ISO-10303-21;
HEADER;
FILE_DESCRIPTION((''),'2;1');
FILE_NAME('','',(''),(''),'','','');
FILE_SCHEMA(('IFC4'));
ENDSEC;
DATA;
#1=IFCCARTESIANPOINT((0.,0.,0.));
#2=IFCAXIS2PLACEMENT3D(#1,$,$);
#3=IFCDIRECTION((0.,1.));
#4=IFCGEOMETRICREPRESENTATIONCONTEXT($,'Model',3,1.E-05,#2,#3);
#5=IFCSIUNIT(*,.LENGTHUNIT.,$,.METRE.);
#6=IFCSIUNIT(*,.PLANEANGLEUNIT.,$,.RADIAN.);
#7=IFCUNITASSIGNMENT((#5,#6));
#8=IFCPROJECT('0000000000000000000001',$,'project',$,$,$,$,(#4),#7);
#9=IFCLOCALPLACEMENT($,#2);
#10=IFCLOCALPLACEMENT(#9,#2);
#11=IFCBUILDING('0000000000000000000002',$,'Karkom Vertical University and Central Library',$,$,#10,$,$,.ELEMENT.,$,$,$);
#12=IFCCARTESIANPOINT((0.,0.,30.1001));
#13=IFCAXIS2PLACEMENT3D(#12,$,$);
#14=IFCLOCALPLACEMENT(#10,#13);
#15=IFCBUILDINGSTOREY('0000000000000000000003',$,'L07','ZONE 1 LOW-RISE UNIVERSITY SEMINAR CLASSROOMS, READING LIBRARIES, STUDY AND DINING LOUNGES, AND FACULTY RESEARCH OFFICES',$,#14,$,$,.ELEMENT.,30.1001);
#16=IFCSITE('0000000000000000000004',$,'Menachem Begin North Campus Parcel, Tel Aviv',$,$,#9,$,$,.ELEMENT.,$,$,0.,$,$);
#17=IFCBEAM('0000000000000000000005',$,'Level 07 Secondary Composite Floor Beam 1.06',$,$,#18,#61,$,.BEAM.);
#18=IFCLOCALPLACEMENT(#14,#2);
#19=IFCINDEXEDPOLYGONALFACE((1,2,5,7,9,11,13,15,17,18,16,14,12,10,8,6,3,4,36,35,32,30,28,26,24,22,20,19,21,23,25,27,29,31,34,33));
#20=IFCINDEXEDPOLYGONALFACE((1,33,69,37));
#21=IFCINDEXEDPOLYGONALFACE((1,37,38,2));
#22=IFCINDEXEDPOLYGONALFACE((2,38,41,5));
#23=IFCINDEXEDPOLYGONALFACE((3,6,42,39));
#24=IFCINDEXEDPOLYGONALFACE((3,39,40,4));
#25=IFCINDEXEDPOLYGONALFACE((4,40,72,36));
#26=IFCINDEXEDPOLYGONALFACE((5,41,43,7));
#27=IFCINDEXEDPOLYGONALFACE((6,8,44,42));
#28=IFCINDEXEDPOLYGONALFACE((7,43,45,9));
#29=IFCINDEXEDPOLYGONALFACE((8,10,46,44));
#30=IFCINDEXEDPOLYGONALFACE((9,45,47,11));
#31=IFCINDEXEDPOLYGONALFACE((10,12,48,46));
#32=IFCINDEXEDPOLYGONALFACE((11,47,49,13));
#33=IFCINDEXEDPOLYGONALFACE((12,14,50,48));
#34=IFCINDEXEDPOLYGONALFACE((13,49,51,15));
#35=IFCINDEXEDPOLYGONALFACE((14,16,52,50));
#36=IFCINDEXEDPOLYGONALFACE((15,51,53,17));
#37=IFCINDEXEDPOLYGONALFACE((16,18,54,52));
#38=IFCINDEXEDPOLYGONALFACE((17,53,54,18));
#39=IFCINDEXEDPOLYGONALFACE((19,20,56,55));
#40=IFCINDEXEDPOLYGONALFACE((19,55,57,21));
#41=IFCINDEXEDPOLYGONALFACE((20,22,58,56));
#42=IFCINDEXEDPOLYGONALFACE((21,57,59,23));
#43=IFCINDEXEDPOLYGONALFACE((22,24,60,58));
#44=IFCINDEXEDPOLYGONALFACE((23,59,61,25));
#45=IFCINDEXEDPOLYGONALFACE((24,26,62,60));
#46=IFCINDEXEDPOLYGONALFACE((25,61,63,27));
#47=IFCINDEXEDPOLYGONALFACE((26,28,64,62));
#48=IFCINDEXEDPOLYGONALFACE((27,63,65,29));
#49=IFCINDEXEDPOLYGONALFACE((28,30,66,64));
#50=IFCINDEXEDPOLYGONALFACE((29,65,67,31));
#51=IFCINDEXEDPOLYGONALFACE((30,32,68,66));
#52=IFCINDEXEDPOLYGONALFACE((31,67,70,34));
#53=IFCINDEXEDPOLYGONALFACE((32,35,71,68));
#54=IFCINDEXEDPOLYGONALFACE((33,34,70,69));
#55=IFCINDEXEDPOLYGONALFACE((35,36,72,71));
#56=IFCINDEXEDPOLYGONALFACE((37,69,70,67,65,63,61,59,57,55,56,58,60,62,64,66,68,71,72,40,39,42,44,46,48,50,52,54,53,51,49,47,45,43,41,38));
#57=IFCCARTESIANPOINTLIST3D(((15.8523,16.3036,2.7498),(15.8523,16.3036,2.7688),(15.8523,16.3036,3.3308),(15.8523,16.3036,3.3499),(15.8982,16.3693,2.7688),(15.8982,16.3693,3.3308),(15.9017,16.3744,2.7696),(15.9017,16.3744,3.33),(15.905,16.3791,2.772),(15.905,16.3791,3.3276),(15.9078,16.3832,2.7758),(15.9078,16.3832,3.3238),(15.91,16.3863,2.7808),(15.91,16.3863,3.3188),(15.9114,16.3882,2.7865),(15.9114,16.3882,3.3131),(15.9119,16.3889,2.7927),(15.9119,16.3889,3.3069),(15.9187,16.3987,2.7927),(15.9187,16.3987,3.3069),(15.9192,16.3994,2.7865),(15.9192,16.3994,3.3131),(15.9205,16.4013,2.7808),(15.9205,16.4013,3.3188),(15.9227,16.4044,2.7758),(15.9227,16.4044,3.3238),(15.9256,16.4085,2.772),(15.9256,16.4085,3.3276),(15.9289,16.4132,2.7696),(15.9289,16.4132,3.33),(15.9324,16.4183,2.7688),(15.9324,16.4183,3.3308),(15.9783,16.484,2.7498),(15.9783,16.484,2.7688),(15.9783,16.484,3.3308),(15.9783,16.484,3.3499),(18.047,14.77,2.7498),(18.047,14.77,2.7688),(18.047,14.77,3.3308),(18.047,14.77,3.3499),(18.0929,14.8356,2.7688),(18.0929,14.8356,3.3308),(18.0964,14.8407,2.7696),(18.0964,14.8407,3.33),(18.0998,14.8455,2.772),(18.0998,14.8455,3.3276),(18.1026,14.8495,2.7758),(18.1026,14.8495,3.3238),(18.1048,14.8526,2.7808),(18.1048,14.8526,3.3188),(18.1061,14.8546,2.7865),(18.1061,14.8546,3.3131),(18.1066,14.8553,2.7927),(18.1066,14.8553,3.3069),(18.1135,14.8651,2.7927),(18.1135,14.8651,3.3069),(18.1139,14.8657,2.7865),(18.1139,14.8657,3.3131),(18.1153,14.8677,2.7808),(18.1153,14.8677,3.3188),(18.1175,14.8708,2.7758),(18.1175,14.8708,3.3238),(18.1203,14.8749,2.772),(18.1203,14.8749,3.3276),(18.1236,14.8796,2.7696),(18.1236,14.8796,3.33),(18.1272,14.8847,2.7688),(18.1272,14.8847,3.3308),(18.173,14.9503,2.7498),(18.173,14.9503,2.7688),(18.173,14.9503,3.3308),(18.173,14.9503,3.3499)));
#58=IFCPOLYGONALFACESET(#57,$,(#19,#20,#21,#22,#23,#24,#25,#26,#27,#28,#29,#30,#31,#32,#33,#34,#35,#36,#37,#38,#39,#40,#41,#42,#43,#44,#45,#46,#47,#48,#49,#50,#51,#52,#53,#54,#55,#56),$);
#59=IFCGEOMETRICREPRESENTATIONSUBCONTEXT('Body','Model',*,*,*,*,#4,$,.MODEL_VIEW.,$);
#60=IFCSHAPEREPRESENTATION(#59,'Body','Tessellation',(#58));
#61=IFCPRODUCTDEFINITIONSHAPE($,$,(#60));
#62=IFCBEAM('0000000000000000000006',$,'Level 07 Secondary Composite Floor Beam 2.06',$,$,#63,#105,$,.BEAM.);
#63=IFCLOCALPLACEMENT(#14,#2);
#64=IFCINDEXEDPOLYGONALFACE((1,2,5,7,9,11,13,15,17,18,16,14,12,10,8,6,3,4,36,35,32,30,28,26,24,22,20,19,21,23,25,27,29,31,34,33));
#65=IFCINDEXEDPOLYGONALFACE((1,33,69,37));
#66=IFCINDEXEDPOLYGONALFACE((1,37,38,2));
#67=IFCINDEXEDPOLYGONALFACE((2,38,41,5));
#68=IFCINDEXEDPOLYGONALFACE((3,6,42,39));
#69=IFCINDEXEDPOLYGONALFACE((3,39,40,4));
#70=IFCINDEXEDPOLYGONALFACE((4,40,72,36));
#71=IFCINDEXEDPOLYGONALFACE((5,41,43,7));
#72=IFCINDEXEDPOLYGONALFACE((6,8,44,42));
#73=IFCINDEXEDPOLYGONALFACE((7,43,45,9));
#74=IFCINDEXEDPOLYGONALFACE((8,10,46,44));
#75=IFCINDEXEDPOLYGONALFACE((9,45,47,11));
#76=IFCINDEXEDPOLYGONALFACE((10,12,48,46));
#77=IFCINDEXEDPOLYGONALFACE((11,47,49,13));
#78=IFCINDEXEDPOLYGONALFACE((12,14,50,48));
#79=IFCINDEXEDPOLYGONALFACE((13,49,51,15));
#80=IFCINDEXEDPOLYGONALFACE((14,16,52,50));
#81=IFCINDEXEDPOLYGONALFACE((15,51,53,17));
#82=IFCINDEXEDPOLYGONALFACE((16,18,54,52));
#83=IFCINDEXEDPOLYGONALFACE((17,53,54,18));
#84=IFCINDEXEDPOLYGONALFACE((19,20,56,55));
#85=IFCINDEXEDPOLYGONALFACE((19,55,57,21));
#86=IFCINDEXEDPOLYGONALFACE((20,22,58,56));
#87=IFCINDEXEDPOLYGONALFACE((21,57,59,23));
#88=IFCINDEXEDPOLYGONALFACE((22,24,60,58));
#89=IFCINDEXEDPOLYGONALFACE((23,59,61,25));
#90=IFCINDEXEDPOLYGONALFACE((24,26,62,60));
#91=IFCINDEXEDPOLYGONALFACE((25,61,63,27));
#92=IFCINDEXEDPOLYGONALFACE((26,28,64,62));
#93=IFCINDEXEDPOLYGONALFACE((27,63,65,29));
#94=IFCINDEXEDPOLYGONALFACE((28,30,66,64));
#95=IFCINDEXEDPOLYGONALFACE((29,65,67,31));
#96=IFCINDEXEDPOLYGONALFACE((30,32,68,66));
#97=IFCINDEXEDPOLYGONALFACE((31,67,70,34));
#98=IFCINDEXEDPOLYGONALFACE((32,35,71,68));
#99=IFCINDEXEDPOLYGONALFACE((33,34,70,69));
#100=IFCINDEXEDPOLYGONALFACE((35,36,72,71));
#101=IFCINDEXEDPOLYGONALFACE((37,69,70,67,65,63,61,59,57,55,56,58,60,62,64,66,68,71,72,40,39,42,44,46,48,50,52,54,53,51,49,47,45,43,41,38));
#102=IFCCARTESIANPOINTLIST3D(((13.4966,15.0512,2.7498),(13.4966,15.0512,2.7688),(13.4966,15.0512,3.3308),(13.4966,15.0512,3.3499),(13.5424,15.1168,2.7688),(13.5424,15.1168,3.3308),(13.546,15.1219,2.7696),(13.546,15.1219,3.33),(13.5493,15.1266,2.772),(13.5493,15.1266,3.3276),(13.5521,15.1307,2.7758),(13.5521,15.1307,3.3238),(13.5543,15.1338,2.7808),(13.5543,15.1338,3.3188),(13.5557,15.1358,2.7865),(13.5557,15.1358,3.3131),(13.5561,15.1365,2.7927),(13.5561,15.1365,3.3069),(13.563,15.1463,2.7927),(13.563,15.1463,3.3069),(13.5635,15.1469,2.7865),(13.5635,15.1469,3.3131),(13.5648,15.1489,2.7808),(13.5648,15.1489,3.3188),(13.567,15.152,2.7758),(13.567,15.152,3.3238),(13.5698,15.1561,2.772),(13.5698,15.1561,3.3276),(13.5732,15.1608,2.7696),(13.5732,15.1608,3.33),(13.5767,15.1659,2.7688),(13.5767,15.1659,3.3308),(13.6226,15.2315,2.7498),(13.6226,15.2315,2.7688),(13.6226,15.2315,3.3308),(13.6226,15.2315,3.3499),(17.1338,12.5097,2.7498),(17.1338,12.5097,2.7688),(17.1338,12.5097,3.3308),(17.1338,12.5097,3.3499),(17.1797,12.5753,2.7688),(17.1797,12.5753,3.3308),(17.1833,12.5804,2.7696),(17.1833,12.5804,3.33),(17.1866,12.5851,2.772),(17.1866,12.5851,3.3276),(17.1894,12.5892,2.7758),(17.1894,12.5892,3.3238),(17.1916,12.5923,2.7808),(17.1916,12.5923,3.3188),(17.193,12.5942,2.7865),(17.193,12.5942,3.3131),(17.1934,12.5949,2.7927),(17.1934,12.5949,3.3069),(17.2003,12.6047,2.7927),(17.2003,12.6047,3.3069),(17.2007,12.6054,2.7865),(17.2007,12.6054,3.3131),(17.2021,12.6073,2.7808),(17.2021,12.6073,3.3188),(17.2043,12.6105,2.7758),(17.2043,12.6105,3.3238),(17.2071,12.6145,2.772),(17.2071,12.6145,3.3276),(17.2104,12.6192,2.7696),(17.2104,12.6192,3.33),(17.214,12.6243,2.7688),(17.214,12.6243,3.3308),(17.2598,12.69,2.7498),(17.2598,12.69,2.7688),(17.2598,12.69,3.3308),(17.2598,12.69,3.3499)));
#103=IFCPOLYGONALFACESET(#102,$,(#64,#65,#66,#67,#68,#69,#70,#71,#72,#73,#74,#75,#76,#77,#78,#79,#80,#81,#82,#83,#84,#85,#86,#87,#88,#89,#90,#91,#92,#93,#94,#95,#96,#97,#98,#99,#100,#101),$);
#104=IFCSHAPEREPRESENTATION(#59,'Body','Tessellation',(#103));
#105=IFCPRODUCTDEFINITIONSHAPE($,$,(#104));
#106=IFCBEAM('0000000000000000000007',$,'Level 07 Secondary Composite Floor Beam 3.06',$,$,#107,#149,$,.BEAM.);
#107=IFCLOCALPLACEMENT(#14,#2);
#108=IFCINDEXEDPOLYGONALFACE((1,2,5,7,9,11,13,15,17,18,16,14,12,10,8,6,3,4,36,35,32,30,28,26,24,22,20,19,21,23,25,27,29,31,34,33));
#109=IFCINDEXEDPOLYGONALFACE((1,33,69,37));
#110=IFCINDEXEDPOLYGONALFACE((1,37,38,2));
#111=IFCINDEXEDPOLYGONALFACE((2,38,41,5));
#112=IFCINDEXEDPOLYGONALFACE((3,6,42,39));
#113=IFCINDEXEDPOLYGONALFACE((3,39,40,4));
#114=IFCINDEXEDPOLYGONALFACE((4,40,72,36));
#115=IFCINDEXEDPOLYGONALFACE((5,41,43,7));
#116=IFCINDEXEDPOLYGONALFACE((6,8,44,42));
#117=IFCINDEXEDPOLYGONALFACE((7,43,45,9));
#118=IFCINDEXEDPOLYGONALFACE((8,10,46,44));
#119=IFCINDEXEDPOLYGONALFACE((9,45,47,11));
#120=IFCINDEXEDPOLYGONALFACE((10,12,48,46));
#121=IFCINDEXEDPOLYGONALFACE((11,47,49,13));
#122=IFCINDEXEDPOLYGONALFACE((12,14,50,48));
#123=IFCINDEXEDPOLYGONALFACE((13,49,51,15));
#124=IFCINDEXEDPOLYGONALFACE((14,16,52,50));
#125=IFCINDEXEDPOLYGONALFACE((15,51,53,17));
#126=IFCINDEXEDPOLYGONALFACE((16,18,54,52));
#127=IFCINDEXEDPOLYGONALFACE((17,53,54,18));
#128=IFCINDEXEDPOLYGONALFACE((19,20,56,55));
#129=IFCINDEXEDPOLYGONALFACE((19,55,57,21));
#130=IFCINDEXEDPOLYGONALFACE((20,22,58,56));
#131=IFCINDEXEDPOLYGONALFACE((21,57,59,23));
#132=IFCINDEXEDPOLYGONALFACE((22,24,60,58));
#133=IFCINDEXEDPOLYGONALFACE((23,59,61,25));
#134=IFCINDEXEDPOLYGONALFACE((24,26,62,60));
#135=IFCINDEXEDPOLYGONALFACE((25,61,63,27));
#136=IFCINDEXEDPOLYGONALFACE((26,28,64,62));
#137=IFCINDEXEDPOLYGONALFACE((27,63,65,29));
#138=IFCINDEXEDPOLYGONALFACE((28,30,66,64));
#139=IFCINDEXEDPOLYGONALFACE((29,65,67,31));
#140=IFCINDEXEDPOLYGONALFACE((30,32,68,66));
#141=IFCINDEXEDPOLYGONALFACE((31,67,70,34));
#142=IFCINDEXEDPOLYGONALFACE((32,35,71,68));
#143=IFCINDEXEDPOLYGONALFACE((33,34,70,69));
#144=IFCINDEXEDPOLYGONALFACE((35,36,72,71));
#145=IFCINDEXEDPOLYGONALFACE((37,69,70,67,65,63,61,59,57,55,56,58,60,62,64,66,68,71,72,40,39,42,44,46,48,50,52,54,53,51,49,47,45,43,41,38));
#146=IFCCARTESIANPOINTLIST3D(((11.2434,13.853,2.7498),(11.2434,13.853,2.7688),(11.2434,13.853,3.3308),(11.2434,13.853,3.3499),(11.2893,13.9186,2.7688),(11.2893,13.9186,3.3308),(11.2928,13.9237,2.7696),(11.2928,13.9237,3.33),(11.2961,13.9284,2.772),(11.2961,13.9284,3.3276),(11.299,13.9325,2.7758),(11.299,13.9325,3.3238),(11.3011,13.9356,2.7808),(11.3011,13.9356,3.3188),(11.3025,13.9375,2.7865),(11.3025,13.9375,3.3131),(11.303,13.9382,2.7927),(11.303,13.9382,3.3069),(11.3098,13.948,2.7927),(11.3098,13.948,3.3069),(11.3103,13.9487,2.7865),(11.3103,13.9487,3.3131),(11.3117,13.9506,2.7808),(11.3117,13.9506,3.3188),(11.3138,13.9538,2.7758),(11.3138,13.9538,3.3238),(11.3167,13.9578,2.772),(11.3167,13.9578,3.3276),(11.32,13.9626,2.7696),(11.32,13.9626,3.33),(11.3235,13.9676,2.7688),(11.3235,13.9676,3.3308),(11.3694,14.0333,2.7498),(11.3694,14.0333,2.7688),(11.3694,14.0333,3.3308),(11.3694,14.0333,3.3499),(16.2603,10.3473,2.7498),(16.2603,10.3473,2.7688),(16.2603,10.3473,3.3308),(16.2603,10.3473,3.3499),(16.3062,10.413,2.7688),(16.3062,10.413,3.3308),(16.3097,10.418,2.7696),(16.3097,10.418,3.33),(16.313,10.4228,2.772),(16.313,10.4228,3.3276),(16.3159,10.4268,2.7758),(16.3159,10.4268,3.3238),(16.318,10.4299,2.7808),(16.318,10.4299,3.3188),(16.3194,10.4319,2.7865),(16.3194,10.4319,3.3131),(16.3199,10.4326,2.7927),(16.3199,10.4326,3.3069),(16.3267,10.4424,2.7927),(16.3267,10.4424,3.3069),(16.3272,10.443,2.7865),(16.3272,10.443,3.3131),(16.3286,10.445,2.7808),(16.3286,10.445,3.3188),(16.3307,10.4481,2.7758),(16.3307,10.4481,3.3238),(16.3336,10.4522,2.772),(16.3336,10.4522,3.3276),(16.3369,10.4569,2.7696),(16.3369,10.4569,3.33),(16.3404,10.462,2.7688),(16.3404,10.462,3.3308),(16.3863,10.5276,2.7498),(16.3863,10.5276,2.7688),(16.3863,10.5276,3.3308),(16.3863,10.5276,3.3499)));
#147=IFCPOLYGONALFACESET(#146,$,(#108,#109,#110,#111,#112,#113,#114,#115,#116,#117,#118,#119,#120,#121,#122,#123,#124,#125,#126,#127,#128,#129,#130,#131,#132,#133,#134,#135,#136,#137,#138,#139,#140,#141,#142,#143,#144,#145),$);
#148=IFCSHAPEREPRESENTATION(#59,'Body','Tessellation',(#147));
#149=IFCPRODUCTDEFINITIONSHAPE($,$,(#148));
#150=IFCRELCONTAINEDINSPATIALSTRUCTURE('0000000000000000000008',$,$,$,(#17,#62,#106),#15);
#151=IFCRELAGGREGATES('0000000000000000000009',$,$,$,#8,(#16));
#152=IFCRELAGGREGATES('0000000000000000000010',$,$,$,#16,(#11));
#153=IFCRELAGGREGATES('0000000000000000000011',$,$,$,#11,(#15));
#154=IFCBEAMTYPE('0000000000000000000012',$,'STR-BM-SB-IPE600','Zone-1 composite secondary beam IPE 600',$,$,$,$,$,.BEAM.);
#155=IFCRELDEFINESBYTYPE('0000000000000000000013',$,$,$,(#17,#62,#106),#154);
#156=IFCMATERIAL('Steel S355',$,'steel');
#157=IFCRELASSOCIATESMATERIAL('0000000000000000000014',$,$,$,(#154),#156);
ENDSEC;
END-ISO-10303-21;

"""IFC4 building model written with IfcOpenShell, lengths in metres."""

from ifc_helpers import new_model, si_unit, direction, frame, origin, origin_with_axes, origin_2d, place, context, subcontext, project, spatial, i_section, extrude, source, transform, mapped, material, material_profile, profile_set, type_object, element, save


model = new_model("IFC4")

# Units and contexts
model_context = context("Model", 3, precision=1e-05, world=origin(), true_north=direction((0.0, 1.0)))
body_context = subcontext(model_context, "Body", "Model", "MODEL_VIEW")
ifc_project = project(units=[si_unit("LENGTHUNIT", "METRE"), si_unit("PLANEANGLEUNIT", "RADIAN")], contexts=[model_context])

# Site, building, storey
site_placement = place(None, origin())
site = spatial("IfcSite", under=ifc_project, at=site_placement, Name="Menachem Begin North Campus Parcel, Tel Aviv", CompositionType="ELEMENT", RefElevation=0.0)
building_placement = place(site_placement, origin())
building = spatial("IfcBuilding", under=site, at=building_placement, Name="Karkom Vertical University and Central Library", CompositionType="ELEMENT")
storey_placement = place(building_placement, frame((0.0, 0.0, 30.1001)))
storey = spatial("IfcBuildingStorey", under=building, at=storey_placement, Name="L07", Description="ZONE 1 LOW-RISE UNIVERSITY SEMINAR CLASSROOMS, READING LIBRARIES, STUDY AND DINING LOUNGES, AND FACULTY RESEARCH OFFICES", CompositionType="ELEMENT", Elevation=30.1001)

# Beams
ifc_material_1 = material(Name="Steel S355", Category="steel")
ifc_material_profile = material_profile(ifc_material_1, i_section(OverallWidth=0.22, OverallDepth=0.6001, WebThickness=0.012, FlangeThickness=0.019, FilletRadius=0.0239, at=origin_2d()), Name="IPE 600")
ifc_profile_set = profile_set([ifc_material_profile], Name="Steel S355")
beam_type = type_object("IfcBeamType", Name="STR-BM-SB-IPE600", Description="Zone-1 composite secondary beam IPE 600", PredefinedType="BEAM", material=ifc_profile_set)
shared_shape_1 = source(origin_with_axes(), body_context, "Body", "SweptSolid", [
    extrude(i_section(OverallWidth=0.22, OverallDepth=0.6001, WebThickness=0.012, FlangeThickness=0.019, FilletRadius=0.0239, at=origin_2d()), origin(), (0.0, 0.0, 1.0), 2.6775),
])
beam_1_placement = place(storey_placement, frame((15.9153, 16.3938, 3.0498), z_axis=(0.819703, -0.572789, 0.0), x_axis=(0.572789, 0.819703, 0.0)))
element("IfcBeam", 1, at=beam_1_placement, inside=storey, type_object=beam_type, Name="Level 07 Secondary Composite Floor Beam 1.06", PredefinedType="BEAM", context=body_context, shape_type="MappedRepresentation", body=[
    mapped(shared_shape_1, transform((0.0, 0.0, 0.0), scale=1.0)),
])
shared_shape_2 = source(origin_with_axes(), body_context, "Body", "SweptSolid", [
    extrude(i_section(OverallWidth=0.22, OverallDepth=0.6001, WebThickness=0.012, FlangeThickness=0.019, FilletRadius=0.0239, at=origin_2d()), origin(), (0.0, 0.0, 1.0), 4.4373),
])
beam_2_placement = place(storey_placement, frame((13.5596, 15.1414, 3.0498), z_axis=(0.819712, -0.572775, 0.0), x_axis=(0.572775, 0.819712, 0.0)))
element("IfcBeam", 2, at=beam_2_placement, inside=storey, type_object=beam_type, Name="Level 07 Secondary Composite Floor Beam 2.06", PredefinedType="BEAM", context=body_context, shape_type="MappedRepresentation", body=[
    mapped(shared_shape_2, transform((0.0, 0.0, 0.0), scale=1.0)),
])
shared_shape_3 = source(origin_with_axes(), body_context, "Body", "SweptSolid", [
    extrude(i_section(OverallWidth=0.22, OverallDepth=0.6001, WebThickness=0.012, FlangeThickness=0.019, FilletRadius=0.0239, at=origin_2d()), origin(), (0.0, 0.0, 1.0), 6.1204),
])
beam_3_placement = place(storey_placement, frame((11.3064, 13.9431, 3.0498), z_axis=(0.819706, -0.572785, 0.0), x_axis=(0.572785, 0.819706, 0.0)))
element("IfcBeam", 3, at=beam_3_placement, inside=storey, type_object=beam_type, Name="Level 07 Secondary Composite Floor Beam 3.06", PredefinedType="BEAM", context=body_context, shape_type="MappedRepresentation", body=[
    mapped(shared_shape_3, transform((0.0, 0.0, 0.0), scale=1.0)),
])

save(model, "model.ifc")
